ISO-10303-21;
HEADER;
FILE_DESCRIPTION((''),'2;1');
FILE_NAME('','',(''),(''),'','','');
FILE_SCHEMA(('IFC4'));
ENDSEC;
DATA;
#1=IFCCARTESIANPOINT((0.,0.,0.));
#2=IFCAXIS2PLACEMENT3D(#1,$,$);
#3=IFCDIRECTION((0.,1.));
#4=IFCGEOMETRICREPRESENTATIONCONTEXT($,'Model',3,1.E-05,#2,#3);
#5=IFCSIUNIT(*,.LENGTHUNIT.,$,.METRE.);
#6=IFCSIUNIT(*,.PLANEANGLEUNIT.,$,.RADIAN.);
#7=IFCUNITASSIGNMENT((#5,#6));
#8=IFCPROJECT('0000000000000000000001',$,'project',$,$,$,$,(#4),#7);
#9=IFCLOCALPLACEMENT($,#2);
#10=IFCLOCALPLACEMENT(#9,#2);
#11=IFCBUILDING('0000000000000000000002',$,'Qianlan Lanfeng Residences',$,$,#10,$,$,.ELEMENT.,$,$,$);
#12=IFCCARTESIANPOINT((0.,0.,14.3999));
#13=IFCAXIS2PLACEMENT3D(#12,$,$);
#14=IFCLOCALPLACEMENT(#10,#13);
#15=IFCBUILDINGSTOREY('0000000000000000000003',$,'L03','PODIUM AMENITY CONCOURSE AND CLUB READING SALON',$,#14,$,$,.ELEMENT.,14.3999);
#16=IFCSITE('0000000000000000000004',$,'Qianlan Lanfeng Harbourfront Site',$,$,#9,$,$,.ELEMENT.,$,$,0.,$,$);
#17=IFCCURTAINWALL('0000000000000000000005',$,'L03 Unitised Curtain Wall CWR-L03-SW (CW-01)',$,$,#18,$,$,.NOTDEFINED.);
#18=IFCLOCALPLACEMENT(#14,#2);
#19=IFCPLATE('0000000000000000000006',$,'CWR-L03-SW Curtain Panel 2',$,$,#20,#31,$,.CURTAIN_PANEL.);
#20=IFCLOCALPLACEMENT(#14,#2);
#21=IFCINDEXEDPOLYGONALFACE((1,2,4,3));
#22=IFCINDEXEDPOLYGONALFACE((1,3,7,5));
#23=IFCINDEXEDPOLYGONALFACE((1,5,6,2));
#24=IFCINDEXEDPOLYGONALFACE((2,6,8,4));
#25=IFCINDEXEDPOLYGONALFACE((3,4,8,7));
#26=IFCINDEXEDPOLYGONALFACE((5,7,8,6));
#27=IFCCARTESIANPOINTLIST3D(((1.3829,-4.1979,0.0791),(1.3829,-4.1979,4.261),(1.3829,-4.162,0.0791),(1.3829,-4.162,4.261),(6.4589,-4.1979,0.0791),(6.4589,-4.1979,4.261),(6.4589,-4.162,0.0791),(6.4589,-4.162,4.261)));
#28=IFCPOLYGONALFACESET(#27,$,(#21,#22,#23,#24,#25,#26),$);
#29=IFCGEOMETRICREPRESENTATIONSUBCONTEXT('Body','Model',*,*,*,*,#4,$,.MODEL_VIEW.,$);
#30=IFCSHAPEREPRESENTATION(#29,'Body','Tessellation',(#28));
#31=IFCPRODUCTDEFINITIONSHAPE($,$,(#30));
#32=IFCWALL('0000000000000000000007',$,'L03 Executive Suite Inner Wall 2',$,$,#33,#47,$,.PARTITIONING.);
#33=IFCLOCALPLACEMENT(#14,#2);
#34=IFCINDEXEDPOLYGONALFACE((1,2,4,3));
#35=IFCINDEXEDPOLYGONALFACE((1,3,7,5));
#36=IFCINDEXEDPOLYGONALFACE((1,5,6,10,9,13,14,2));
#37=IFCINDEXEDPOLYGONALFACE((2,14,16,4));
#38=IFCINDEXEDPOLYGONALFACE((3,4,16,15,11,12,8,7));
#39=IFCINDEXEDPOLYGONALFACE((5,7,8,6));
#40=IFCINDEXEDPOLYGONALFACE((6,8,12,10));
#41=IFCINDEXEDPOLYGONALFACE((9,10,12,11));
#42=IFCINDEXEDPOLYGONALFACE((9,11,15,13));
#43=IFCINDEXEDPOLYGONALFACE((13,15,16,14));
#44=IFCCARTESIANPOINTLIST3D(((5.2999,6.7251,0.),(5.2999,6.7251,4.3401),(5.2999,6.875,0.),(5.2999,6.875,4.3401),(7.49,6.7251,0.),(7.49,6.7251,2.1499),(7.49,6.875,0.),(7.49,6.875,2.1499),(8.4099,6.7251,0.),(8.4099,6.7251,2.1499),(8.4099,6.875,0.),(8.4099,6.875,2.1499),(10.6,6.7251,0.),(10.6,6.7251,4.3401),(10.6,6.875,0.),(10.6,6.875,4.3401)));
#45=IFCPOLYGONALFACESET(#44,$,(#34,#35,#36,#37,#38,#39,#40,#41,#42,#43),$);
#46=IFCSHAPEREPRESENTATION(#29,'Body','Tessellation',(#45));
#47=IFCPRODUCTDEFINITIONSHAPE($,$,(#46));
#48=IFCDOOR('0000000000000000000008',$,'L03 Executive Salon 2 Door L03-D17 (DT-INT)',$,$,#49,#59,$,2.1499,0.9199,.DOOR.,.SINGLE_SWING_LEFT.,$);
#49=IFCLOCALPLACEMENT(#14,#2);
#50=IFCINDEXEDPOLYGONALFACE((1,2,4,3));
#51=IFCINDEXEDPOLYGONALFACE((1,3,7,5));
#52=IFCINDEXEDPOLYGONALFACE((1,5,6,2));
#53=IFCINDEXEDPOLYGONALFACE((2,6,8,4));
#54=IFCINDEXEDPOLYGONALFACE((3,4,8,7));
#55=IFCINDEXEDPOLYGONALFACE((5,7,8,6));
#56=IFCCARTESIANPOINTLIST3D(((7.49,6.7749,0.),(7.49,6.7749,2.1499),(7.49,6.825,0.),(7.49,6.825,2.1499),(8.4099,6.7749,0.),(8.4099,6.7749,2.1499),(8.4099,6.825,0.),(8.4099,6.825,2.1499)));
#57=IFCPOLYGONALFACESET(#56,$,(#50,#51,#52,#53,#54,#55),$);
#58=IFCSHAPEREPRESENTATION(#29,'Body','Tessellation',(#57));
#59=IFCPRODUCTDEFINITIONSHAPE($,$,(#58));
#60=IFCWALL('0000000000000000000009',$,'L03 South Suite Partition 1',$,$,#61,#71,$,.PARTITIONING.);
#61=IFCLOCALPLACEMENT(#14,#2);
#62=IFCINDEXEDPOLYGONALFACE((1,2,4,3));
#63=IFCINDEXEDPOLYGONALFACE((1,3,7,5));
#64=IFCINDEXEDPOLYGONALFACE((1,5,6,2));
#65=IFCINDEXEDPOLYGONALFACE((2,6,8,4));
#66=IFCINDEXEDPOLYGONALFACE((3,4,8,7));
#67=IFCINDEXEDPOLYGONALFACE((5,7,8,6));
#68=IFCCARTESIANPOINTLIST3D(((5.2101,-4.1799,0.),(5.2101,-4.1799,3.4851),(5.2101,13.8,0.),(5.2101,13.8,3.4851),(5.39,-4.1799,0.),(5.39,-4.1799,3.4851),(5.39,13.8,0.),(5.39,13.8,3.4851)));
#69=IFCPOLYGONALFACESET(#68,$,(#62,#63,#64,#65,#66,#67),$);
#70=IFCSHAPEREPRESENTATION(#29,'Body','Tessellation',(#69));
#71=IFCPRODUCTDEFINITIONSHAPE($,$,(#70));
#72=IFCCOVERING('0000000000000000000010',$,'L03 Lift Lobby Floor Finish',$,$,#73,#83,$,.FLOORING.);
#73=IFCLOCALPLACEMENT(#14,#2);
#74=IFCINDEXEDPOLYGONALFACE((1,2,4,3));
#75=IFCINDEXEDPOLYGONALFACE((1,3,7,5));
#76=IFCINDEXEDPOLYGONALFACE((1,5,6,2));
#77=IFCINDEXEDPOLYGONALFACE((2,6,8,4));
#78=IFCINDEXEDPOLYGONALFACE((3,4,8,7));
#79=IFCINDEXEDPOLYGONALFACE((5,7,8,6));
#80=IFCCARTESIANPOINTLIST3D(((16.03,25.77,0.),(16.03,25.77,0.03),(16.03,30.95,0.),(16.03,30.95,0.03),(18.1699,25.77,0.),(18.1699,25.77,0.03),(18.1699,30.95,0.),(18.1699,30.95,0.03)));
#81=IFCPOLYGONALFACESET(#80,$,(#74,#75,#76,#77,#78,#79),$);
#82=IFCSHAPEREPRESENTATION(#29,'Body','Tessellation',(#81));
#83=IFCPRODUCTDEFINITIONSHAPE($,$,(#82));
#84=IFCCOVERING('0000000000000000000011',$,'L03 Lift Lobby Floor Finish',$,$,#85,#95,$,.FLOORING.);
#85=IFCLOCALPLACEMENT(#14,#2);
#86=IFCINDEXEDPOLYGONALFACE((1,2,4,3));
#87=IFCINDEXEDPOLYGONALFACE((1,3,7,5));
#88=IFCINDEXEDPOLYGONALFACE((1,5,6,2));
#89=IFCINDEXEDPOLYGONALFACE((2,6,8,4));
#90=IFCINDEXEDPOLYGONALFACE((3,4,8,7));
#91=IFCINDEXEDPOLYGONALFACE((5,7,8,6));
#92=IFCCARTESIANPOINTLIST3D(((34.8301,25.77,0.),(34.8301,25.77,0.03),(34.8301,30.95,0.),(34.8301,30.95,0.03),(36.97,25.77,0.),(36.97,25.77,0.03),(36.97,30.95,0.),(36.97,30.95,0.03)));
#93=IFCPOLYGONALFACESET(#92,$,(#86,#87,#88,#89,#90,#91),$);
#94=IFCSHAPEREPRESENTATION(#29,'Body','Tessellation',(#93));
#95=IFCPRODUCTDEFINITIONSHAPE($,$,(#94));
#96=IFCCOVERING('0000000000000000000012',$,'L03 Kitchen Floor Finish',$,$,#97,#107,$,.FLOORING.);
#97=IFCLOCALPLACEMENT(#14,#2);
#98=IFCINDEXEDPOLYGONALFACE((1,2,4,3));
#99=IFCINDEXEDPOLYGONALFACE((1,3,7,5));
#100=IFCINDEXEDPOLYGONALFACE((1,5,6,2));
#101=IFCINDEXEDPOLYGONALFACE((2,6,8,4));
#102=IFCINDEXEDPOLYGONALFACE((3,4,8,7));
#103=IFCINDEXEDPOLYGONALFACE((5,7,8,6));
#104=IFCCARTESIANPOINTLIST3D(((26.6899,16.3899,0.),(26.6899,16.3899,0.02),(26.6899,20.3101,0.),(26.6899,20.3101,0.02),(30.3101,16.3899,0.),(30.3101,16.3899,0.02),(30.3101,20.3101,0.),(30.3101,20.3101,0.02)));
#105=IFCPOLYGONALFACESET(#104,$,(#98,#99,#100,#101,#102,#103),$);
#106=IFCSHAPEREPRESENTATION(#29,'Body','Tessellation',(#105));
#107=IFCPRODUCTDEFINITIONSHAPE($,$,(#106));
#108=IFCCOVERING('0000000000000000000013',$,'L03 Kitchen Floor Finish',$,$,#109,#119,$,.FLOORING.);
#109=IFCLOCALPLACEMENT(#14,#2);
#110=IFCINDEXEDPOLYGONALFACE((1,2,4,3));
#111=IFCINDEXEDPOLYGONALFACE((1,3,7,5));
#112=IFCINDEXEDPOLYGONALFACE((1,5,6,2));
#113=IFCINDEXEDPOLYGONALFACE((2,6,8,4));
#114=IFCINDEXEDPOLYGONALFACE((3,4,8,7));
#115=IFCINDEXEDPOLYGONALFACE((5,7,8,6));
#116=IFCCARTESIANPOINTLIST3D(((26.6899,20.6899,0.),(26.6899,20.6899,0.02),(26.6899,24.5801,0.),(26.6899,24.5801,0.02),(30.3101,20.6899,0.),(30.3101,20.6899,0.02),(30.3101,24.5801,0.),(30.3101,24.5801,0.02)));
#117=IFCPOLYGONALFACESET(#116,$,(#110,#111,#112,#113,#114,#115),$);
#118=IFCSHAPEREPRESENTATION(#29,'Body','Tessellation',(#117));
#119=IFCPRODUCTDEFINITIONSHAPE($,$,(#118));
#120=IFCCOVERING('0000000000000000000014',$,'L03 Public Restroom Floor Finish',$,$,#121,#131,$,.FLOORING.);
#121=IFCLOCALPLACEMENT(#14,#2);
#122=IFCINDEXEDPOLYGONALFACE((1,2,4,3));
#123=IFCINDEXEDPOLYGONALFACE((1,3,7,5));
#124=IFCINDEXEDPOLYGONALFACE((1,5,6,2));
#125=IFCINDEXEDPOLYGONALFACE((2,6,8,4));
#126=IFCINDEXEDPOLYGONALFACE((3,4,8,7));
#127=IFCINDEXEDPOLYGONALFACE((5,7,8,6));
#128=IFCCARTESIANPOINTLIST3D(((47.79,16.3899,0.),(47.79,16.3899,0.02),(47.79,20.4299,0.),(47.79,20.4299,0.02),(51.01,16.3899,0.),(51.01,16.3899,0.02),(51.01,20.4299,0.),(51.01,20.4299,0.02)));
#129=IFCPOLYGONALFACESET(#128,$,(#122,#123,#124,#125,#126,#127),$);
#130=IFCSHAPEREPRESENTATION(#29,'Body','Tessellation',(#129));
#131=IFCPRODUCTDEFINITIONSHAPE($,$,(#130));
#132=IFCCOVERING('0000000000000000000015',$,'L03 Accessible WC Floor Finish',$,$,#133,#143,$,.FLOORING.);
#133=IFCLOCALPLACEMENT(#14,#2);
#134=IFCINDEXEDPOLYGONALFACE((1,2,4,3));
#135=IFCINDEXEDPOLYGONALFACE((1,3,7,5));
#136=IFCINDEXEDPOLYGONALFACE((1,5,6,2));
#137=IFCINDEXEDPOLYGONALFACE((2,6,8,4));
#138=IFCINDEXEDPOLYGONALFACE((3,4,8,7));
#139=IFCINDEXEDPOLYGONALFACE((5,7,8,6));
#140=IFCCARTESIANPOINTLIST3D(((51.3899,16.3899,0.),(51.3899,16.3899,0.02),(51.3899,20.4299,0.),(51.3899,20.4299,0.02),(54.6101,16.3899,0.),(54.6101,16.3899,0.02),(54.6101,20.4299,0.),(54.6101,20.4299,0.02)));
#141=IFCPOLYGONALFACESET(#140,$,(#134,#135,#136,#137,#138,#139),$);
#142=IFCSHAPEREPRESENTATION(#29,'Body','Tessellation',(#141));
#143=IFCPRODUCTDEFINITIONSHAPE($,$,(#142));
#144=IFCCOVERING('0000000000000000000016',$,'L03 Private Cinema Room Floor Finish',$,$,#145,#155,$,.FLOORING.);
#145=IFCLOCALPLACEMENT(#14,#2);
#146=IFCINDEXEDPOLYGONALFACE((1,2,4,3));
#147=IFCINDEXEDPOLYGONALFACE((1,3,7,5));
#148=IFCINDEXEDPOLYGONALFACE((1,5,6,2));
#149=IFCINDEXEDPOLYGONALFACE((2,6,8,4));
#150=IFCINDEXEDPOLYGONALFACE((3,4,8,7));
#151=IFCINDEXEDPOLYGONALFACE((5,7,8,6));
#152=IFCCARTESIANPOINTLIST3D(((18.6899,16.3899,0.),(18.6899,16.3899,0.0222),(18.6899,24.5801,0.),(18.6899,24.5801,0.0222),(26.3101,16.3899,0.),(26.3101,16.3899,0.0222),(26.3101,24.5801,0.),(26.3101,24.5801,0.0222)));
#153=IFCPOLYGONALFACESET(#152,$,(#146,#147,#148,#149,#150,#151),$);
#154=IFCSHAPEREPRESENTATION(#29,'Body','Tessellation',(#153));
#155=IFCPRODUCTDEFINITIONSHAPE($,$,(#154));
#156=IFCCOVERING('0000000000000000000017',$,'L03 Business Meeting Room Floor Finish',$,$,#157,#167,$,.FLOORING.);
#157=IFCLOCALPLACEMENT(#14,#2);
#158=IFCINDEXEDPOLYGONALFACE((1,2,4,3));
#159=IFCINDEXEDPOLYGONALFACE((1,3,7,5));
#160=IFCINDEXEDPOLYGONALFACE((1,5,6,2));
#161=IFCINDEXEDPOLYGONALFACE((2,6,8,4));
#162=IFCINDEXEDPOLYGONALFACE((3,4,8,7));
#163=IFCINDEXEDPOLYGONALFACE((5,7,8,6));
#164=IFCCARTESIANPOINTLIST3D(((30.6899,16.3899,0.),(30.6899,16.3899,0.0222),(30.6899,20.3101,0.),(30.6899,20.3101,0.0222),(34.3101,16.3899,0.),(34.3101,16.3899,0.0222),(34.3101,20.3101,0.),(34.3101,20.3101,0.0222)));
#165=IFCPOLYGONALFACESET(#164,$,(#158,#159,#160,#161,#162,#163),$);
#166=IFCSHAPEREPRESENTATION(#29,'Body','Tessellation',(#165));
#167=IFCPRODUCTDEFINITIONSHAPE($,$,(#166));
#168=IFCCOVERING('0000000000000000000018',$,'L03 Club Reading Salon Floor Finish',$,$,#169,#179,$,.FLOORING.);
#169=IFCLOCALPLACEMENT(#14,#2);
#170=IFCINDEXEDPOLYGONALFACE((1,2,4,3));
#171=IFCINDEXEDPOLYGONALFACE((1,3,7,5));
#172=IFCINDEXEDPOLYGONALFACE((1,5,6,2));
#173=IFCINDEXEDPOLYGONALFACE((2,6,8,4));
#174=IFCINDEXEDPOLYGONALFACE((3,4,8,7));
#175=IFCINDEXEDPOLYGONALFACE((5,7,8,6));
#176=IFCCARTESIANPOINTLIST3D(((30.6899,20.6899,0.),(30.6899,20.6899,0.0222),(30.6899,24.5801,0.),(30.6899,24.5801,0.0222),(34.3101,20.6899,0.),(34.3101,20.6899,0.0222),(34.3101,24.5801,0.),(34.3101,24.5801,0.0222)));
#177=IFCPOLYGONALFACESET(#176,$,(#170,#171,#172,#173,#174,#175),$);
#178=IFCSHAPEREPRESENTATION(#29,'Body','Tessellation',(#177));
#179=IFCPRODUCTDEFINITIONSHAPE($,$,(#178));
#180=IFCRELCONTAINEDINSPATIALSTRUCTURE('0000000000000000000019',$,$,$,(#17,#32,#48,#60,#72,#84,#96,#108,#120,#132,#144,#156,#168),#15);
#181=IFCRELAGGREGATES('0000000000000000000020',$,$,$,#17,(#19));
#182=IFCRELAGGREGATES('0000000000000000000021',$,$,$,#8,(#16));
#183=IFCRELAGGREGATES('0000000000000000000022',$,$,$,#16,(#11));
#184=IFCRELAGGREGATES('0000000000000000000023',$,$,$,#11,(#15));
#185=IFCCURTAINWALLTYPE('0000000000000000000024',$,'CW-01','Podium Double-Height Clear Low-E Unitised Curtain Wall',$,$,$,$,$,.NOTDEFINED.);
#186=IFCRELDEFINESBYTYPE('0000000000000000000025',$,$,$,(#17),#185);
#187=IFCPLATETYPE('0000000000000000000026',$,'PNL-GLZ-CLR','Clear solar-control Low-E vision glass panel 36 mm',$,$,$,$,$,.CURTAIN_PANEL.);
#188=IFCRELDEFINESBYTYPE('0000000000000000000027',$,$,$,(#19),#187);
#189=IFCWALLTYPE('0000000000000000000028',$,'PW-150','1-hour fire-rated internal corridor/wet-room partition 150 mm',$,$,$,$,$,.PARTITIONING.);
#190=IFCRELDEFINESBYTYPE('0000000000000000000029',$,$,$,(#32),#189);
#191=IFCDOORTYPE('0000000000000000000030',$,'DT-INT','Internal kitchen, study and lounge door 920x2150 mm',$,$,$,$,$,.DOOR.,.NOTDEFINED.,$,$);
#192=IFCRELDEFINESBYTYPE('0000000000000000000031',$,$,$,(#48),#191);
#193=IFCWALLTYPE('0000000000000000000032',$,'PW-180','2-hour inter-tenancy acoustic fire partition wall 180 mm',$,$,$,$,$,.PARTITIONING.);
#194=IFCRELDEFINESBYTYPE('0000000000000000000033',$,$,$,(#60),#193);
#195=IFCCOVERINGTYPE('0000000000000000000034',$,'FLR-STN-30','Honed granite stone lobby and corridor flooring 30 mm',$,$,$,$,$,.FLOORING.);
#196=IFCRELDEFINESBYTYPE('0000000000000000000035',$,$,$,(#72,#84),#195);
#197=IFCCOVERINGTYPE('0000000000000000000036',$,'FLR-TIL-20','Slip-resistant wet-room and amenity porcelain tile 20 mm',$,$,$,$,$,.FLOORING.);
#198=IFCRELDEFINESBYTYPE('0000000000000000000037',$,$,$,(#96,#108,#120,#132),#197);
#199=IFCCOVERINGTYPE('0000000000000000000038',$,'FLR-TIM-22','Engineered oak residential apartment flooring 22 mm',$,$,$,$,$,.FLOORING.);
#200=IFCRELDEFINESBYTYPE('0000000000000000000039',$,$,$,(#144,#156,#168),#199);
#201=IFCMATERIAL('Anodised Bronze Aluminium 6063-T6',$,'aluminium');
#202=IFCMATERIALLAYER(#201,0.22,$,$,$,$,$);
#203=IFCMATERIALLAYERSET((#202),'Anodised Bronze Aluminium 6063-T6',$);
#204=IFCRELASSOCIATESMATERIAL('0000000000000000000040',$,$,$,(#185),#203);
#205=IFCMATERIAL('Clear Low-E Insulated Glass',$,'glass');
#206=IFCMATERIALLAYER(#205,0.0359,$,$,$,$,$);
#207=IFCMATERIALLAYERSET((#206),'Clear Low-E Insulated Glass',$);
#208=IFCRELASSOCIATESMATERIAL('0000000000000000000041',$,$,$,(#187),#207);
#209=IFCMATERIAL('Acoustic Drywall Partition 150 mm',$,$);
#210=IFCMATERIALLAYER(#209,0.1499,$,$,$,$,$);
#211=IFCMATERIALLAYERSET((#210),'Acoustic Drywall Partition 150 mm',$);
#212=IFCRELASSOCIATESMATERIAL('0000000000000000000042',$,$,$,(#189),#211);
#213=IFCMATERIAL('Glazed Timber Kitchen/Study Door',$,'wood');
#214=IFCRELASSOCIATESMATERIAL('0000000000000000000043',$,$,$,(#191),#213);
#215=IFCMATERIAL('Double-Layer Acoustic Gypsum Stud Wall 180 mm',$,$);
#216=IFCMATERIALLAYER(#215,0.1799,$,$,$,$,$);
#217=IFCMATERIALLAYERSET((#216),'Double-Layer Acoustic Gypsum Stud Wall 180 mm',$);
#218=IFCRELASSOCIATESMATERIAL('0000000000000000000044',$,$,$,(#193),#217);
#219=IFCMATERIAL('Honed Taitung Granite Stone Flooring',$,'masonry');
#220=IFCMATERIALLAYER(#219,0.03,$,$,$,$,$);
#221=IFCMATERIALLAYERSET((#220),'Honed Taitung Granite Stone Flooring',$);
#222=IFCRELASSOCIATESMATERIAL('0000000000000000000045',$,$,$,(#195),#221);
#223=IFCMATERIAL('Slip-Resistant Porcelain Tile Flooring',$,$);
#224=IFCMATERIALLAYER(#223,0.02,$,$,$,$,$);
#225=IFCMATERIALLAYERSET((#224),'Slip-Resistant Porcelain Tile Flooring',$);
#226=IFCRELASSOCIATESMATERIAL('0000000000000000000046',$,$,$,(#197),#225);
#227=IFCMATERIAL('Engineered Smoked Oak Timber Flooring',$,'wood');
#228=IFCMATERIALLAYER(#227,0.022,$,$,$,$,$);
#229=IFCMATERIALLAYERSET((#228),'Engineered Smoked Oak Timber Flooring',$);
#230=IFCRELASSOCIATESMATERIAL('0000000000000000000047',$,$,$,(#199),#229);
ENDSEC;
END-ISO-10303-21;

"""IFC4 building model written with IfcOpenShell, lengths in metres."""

from ifc_helpers import new_model, si_unit, direction, frame, frame_2d, origin, origin_2d, place, context, subcontext, project, spatial, polyline, rectangle, outline, extrude, source, transform, mapped, material, layer, layer_set, type_object, element, fill, aggregate, save


model = new_model("IFC4")

# Units and contexts
model_context = context("Model", 3, precision=1e-05, world=origin(), true_north=direction((0.0, 1.0)))
body_context = subcontext(model_context, "Body", "Model", "MODEL_VIEW")
ifc_project = project(units=[si_unit("LENGTHUNIT", "METRE"), si_unit("PLANEANGLEUNIT", "RADIAN")], contexts=[model_context])

# Site, building, storey
site_placement = place(None, origin())
site = spatial("IfcSite", under=ifc_project, at=site_placement, Name="Qianlan Lanfeng Harbourfront Site", CompositionType="ELEMENT", RefElevation=0.0)
building_placement = place(site_placement, origin())
building = spatial("IfcBuilding", under=site, at=building_placement, Name="Qianlan Lanfeng Residences", CompositionType="ELEMENT")
storey_placement = place(building_placement, frame((0.0, 0.0, 14.3999)))
storey = spatial("IfcBuildingStorey", under=building, at=storey_placement, Name="L03", Description="PODIUM AMENITY CONCOURSE AND CLUB READING SALON", CompositionType="ELEMENT", Elevation=14.3999)

# Curtain wall, plate
ifc_material_1 = material(Name="Anodised Bronze Aluminium 6063-T6", Category="aluminium")
ifc_layer_1 = layer(ifc_material_1, 0.22)
ifc_layer_set_1 = layer_set([ifc_layer_1], Name="Anodised Bronze Aluminium 6063-T6")
curtain_wall_type = type_object("IfcCurtainWallType", Name="CW-01", Description="Podium Double-Height Clear Low-E Unitised Curtain Wall", PredefinedType="NOTDEFINED", material=ifc_layer_set_1)
curtain_wall_placement = place(storey_placement, origin())
curtain_wall = element("IfcCurtainWall", 1, at=curtain_wall_placement, inside=storey, type_object=curtain_wall_type, Name="L03 Unitised Curtain Wall CWR-L03-SW (CW-01)", PredefinedType="NOTDEFINED")
ifc_material_2 = material(Name="Clear Low-E Insulated Glass", Category="glass")
ifc_layer_2 = layer(ifc_material_2, 0.0359)
ifc_layer_set_2 = layer_set([ifc_layer_2], Name="Clear Low-E Insulated Glass")
plate_type = type_object("IfcPlateType", Name="PNL-GLZ-CLR", Description="Clear solar-control Low-E vision glass panel 36 mm", PredefinedType="CURTAIN_PANEL", material=ifc_layer_set_2)
shared_shape_1 = source(origin(), body_context, "Body", "SweptSolid", [
    extrude(rectangle(XDim=5.0759, YDim=0.0359, at=origin_2d()), origin(), (0.0, 0.0, 1.0), 4.1819),
])
plate_placement = place(storey_placement, frame((3.9209, -4.1799, 0.0791), z_axis=(0.0, 0.0, 1.0), x_axis=(1.0, 0.0, 0.0)))
plate = element("IfcPlate", 2, at=plate_placement, type_object=plate_type, Name="CWR-L03-SW Curtain Panel 2", PredefinedType="CURTAIN_PANEL", context=body_context, shape_type="MappedRepresentation", body=[
    mapped(shared_shape_1, transform((0.0, 0.0, 0.0), scale=1.0)),
])
aggregate(curtain_wall, [plate])

# Wall, opening, door
ifc_material_3 = material(Name="Acoustic Drywall Partition 150 mm")
ifc_layer_3 = layer(ifc_material_3, 0.1499)
ifc_layer_set_3 = layer_set([ifc_layer_3], Name="Acoustic Drywall Partition 150 mm")
wall_type_1 = type_object("IfcWallType", Name="PW-150", Description="1-hour fire-rated internal corridor/wet-room partition 150 mm", PredefinedType="PARTITIONING", material=ifc_layer_set_3)
wall_1_placement = place(storey_placement, frame((5.3, 6.8, 0.0), z_axis=(0.0, 0.0, 1.0), x_axis=(1.0, 0.0, 0.0)))
wall_1 = element("IfcWall", 3, at=wall_1_placement, inside=storey, type_object=wall_type_1, Name="L03 Executive Suite Inner Wall 2", PredefinedType="PARTITIONING", context=body_context, shape_type="SweptSolid", body=[
    extrude(rectangle(XDim=5.3, YDim=0.1499, at=frame_2d((2.6499, 0.0))), origin(), (0.0, 0.0, 1.0), 4.3401),
])
opening_placement = place(wall_1_placement, frame((2.1899, 0.0, 0.0)))
opening = element("IfcOpeningElement", 4, at=opening_placement, cuts=wall_1, PredefinedType="OPENING", context=body_context, shape_type="SweptSolid", body=[
    extrude(rectangle(XDim=0.9199, YDim=2.1499, at=frame_2d((0.46, 1.075))), frame((0.0, 0.085, 0.0), z_axis=(0.0, -1.0, 0.0), x_axis=(1.0, 0.0, 0.0)), (0.0, 0.0, 1.0), 0.1699),
])
ifc_material_4 = material(Name="Glazed Timber Kitchen/Study Door", Category="wood")
door_type = type_object("IfcDoorType", Name="DT-INT", Description="Internal kitchen, study and lounge door 920x2150 mm", OperationType="NOTDEFINED", PredefinedType="DOOR", material=ifc_material_4)
door_placement = place(opening_placement, origin())
door = element("IfcDoor", 5, at=door_placement, inside=storey, type_object=door_type, Name="L03 Executive Salon 2 Door L03-D17 (DT-INT)", OperationType="SINGLE_SWING_LEFT", OverallHeight=2.1499, OverallWidth=0.9199, PredefinedType="DOOR", context=body_context, shape_type="SweptSolid", body=[
    extrude(rectangle(XDim=0.9199, YDim=2.1499, at=frame_2d((0.46, 1.075))), frame((0.0, 0.0249, 0.0), z_axis=(0.0, -1.0, 0.0), x_axis=(1.0, 0.0, 0.0)), (0.0, 0.0, 1.0), 0.05),
])
fill(opening, door)

# Wall
ifc_material_5 = material(Name="Double-Layer Acoustic Gypsum Stud Wall 180 mm")
ifc_layer_4 = layer(ifc_material_5, 0.1799)
ifc_layer_set_4 = layer_set([ifc_layer_4], Name="Double-Layer Acoustic Gypsum Stud Wall 180 mm")
wall_type_2 = type_object("IfcWallType", Name="PW-180", Description="2-hour inter-tenancy acoustic fire partition wall 180 mm", PredefinedType="PARTITIONING", material=ifc_layer_set_4)
wall_2_placement = place(storey_placement, frame((5.3, -4.1799, 0.0), z_axis=(0.0, 0.0, 1.0), x_axis=(0.0, 1.0, 0.0)))
element("IfcWall", 6, at=wall_2_placement, inside=storey, type_object=wall_type_2, Name="L03 South Suite Partition 1", PredefinedType="PARTITIONING", context=body_context, shape_type="SweptSolid", body=[
    extrude(rectangle(XDim=17.98, YDim=0.1799, at=frame_2d((8.99, 0.0))), origin(), (0.0, 0.0, 1.0), 3.4851),
])

# Coverings
ifc_material_6 = material(Name="Honed Taitung Granite Stone Flooring", Category="masonry")
ifc_layer_5 = layer(ifc_material_6, 0.03)
ifc_layer_set_5 = layer_set([ifc_layer_5], Name="Honed Taitung Granite Stone Flooring")
covering_type_1 = type_object("IfcCoveringType", Name="FLR-STN-30", Description="Honed granite stone lobby and corridor flooring 30 mm", PredefinedType="FLOORING", material=ifc_layer_set_5)
covering_1_placement = place(storey_placement, origin())
element("IfcCovering", 7, at=covering_1_placement, inside=storey, type_object=covering_type_1, Name="L03 Lift Lobby Floor Finish", PredefinedType="FLOORING", context=body_context, shape_type="SweptSolid", body=[
    extrude(outline(polyline([(16.03, 25.77), (18.1699, 25.77), (18.1699, 30.95), (16.03, 30.95), (16.03, 25.77)])), origin(), (0.0, 0.0, 1.0), 0.03),
])
covering_2_placement = place(storey_placement, origin())
element("IfcCovering", 8, at=covering_2_placement, inside=storey, type_object=covering_type_1, Name="L03 Lift Lobby Floor Finish", PredefinedType="FLOORING", context=body_context, shape_type="SweptSolid", body=[
    extrude(outline(polyline([(34.8301, 25.77), (36.97, 25.77), (36.97, 30.95), (34.8301, 30.95), (34.8301, 25.77)])), origin(), (0.0, 0.0, 1.0), 0.03),
])
ifc_material_7 = material(Name="Slip-Resistant Porcelain Tile Flooring")
ifc_layer_6 = layer(ifc_material_7, 0.02)
ifc_layer_set_6 = layer_set([ifc_layer_6], Name="Slip-Resistant Porcelain Tile Flooring")
covering_type_2 = type_object("IfcCoveringType", Name="FLR-TIL-20", Description="Slip-resistant wet-room and amenity porcelain tile 20 mm", PredefinedType="FLOORING", material=ifc_layer_set_6)
covering_3_placement = place(storey_placement, origin())
element("IfcCovering", 9, at=covering_3_placement, inside=storey, type_object=covering_type_2, Name="L03 Kitchen Floor Finish", PredefinedType="FLOORING", context=body_context, shape_type="SweptSolid", body=[
    extrude(outline(polyline([(26.6899, 16.3899), (30.3101, 16.3899), (30.3101, 20.3101), (26.6899, 20.3101), (26.6899, 16.3899)])), origin(), (0.0, 0.0, 1.0), 0.02),
])
covering_4_placement = place(storey_placement, origin())
element("IfcCovering", 10, at=covering_4_placement, inside=storey, type_object=covering_type_2, Name="L03 Kitchen Floor Finish", PredefinedType="FLOORING", context=body_context, shape_type="SweptSolid", body=[
    extrude(outline(polyline([(26.6899, 20.6899), (30.3101, 20.6899), (30.3101, 24.5801), (26.6899, 24.5801), (26.6899, 20.6899)])), origin(), (0.0, 0.0, 1.0), 0.02),
])
covering_5_placement = place(storey_placement, origin())
element("IfcCovering", 11, at=covering_5_placement, inside=storey, type_object=covering_type_2, Name="L03 Public Restroom Floor Finish", PredefinedType="FLOORING", context=body_context, shape_type="SweptSolid", body=[
    extrude(outline(polyline([(47.79, 16.3899), (51.01, 16.3899), (51.01, 20.4299), (47.79, 20.4299), (47.79, 16.3899)])), origin(), (0.0, 0.0, 1.0), 0.02),
])
covering_6_placement = place(storey_placement, origin())
element("IfcCovering", 12, at=covering_6_placement, inside=storey, type_object=covering_type_2, Name="L03 Accessible WC Floor Finish", PredefinedType="FLOORING", context=body_context, shape_type="SweptSolid", body=[
    extrude(outline(polyline([(51.3899, 16.3899), (54.6101, 16.3899), (54.6101, 20.4299), (51.3899, 20.4299), (51.3899, 16.3899)])), origin(), (0.0, 0.0, 1.0), 0.02),
])
ifc_material_8 = material(Name="Engineered Smoked Oak Timber Flooring", Category="wood")
ifc_layer_7 = layer(ifc_material_8, 0.022)
ifc_layer_set_7 = layer_set([ifc_layer_7], Name="Engineered Smoked Oak Timber Flooring")
covering_type_3 = type_object("IfcCoveringType", Name="FLR-TIM-22", Description="Engineered oak residential apartment flooring 22 mm", PredefinedType="FLOORING", material=ifc_layer_set_7)
covering_7_placement = place(storey_placement, origin())
element("IfcCovering", 13, at=covering_7_placement, inside=storey, type_object=covering_type_3, Name="L03 Private Cinema Room Floor Finish", PredefinedType="FLOORING", context=body_context, shape_type="SweptSolid", body=[
    extrude(outline(polyline([(18.6899, 16.3899), (26.3101, 16.3899), (26.3101, 24.5801), (18.6899, 24.5801), (18.6899, 16.3899)])), origin(), (0.0, 0.0, 1.0), 0.0222),
])
covering_8_placement = place(storey_placement, origin())
element("IfcCovering", 14, at=covering_8_placement, inside=storey, type_object=covering_type_3, Name="L03 Business Meeting Room Floor Finish", PredefinedType="FLOORING", context=body_context, shape_type="SweptSolid", body=[
    extrude(outline(polyline([(30.6899, 16.3899), (34.3101, 16.3899), (34.3101, 20.3101), (30.6899, 20.3101), (30.6899, 16.3899)])), origin(), (0.0, 0.0, 1.0), 0.0222),
])
covering_9_placement = place(storey_placement, origin())
element("IfcCovering", 15, at=covering_9_placement, inside=storey, type_object=covering_type_3, Name="L03 Club Reading Salon Floor Finish", PredefinedType="FLOORING", context=body_context, shape_type="SweptSolid", body=[
    extrude(outline(polyline([(30.6899, 20.6899), (34.3101, 20.6899), (34.3101, 24.5801), (30.6899, 24.5801), (30.6899, 20.6899)])), origin(), (0.0, 0.0, 1.0), 0.0222),
])

save(model, "model.ifc")
